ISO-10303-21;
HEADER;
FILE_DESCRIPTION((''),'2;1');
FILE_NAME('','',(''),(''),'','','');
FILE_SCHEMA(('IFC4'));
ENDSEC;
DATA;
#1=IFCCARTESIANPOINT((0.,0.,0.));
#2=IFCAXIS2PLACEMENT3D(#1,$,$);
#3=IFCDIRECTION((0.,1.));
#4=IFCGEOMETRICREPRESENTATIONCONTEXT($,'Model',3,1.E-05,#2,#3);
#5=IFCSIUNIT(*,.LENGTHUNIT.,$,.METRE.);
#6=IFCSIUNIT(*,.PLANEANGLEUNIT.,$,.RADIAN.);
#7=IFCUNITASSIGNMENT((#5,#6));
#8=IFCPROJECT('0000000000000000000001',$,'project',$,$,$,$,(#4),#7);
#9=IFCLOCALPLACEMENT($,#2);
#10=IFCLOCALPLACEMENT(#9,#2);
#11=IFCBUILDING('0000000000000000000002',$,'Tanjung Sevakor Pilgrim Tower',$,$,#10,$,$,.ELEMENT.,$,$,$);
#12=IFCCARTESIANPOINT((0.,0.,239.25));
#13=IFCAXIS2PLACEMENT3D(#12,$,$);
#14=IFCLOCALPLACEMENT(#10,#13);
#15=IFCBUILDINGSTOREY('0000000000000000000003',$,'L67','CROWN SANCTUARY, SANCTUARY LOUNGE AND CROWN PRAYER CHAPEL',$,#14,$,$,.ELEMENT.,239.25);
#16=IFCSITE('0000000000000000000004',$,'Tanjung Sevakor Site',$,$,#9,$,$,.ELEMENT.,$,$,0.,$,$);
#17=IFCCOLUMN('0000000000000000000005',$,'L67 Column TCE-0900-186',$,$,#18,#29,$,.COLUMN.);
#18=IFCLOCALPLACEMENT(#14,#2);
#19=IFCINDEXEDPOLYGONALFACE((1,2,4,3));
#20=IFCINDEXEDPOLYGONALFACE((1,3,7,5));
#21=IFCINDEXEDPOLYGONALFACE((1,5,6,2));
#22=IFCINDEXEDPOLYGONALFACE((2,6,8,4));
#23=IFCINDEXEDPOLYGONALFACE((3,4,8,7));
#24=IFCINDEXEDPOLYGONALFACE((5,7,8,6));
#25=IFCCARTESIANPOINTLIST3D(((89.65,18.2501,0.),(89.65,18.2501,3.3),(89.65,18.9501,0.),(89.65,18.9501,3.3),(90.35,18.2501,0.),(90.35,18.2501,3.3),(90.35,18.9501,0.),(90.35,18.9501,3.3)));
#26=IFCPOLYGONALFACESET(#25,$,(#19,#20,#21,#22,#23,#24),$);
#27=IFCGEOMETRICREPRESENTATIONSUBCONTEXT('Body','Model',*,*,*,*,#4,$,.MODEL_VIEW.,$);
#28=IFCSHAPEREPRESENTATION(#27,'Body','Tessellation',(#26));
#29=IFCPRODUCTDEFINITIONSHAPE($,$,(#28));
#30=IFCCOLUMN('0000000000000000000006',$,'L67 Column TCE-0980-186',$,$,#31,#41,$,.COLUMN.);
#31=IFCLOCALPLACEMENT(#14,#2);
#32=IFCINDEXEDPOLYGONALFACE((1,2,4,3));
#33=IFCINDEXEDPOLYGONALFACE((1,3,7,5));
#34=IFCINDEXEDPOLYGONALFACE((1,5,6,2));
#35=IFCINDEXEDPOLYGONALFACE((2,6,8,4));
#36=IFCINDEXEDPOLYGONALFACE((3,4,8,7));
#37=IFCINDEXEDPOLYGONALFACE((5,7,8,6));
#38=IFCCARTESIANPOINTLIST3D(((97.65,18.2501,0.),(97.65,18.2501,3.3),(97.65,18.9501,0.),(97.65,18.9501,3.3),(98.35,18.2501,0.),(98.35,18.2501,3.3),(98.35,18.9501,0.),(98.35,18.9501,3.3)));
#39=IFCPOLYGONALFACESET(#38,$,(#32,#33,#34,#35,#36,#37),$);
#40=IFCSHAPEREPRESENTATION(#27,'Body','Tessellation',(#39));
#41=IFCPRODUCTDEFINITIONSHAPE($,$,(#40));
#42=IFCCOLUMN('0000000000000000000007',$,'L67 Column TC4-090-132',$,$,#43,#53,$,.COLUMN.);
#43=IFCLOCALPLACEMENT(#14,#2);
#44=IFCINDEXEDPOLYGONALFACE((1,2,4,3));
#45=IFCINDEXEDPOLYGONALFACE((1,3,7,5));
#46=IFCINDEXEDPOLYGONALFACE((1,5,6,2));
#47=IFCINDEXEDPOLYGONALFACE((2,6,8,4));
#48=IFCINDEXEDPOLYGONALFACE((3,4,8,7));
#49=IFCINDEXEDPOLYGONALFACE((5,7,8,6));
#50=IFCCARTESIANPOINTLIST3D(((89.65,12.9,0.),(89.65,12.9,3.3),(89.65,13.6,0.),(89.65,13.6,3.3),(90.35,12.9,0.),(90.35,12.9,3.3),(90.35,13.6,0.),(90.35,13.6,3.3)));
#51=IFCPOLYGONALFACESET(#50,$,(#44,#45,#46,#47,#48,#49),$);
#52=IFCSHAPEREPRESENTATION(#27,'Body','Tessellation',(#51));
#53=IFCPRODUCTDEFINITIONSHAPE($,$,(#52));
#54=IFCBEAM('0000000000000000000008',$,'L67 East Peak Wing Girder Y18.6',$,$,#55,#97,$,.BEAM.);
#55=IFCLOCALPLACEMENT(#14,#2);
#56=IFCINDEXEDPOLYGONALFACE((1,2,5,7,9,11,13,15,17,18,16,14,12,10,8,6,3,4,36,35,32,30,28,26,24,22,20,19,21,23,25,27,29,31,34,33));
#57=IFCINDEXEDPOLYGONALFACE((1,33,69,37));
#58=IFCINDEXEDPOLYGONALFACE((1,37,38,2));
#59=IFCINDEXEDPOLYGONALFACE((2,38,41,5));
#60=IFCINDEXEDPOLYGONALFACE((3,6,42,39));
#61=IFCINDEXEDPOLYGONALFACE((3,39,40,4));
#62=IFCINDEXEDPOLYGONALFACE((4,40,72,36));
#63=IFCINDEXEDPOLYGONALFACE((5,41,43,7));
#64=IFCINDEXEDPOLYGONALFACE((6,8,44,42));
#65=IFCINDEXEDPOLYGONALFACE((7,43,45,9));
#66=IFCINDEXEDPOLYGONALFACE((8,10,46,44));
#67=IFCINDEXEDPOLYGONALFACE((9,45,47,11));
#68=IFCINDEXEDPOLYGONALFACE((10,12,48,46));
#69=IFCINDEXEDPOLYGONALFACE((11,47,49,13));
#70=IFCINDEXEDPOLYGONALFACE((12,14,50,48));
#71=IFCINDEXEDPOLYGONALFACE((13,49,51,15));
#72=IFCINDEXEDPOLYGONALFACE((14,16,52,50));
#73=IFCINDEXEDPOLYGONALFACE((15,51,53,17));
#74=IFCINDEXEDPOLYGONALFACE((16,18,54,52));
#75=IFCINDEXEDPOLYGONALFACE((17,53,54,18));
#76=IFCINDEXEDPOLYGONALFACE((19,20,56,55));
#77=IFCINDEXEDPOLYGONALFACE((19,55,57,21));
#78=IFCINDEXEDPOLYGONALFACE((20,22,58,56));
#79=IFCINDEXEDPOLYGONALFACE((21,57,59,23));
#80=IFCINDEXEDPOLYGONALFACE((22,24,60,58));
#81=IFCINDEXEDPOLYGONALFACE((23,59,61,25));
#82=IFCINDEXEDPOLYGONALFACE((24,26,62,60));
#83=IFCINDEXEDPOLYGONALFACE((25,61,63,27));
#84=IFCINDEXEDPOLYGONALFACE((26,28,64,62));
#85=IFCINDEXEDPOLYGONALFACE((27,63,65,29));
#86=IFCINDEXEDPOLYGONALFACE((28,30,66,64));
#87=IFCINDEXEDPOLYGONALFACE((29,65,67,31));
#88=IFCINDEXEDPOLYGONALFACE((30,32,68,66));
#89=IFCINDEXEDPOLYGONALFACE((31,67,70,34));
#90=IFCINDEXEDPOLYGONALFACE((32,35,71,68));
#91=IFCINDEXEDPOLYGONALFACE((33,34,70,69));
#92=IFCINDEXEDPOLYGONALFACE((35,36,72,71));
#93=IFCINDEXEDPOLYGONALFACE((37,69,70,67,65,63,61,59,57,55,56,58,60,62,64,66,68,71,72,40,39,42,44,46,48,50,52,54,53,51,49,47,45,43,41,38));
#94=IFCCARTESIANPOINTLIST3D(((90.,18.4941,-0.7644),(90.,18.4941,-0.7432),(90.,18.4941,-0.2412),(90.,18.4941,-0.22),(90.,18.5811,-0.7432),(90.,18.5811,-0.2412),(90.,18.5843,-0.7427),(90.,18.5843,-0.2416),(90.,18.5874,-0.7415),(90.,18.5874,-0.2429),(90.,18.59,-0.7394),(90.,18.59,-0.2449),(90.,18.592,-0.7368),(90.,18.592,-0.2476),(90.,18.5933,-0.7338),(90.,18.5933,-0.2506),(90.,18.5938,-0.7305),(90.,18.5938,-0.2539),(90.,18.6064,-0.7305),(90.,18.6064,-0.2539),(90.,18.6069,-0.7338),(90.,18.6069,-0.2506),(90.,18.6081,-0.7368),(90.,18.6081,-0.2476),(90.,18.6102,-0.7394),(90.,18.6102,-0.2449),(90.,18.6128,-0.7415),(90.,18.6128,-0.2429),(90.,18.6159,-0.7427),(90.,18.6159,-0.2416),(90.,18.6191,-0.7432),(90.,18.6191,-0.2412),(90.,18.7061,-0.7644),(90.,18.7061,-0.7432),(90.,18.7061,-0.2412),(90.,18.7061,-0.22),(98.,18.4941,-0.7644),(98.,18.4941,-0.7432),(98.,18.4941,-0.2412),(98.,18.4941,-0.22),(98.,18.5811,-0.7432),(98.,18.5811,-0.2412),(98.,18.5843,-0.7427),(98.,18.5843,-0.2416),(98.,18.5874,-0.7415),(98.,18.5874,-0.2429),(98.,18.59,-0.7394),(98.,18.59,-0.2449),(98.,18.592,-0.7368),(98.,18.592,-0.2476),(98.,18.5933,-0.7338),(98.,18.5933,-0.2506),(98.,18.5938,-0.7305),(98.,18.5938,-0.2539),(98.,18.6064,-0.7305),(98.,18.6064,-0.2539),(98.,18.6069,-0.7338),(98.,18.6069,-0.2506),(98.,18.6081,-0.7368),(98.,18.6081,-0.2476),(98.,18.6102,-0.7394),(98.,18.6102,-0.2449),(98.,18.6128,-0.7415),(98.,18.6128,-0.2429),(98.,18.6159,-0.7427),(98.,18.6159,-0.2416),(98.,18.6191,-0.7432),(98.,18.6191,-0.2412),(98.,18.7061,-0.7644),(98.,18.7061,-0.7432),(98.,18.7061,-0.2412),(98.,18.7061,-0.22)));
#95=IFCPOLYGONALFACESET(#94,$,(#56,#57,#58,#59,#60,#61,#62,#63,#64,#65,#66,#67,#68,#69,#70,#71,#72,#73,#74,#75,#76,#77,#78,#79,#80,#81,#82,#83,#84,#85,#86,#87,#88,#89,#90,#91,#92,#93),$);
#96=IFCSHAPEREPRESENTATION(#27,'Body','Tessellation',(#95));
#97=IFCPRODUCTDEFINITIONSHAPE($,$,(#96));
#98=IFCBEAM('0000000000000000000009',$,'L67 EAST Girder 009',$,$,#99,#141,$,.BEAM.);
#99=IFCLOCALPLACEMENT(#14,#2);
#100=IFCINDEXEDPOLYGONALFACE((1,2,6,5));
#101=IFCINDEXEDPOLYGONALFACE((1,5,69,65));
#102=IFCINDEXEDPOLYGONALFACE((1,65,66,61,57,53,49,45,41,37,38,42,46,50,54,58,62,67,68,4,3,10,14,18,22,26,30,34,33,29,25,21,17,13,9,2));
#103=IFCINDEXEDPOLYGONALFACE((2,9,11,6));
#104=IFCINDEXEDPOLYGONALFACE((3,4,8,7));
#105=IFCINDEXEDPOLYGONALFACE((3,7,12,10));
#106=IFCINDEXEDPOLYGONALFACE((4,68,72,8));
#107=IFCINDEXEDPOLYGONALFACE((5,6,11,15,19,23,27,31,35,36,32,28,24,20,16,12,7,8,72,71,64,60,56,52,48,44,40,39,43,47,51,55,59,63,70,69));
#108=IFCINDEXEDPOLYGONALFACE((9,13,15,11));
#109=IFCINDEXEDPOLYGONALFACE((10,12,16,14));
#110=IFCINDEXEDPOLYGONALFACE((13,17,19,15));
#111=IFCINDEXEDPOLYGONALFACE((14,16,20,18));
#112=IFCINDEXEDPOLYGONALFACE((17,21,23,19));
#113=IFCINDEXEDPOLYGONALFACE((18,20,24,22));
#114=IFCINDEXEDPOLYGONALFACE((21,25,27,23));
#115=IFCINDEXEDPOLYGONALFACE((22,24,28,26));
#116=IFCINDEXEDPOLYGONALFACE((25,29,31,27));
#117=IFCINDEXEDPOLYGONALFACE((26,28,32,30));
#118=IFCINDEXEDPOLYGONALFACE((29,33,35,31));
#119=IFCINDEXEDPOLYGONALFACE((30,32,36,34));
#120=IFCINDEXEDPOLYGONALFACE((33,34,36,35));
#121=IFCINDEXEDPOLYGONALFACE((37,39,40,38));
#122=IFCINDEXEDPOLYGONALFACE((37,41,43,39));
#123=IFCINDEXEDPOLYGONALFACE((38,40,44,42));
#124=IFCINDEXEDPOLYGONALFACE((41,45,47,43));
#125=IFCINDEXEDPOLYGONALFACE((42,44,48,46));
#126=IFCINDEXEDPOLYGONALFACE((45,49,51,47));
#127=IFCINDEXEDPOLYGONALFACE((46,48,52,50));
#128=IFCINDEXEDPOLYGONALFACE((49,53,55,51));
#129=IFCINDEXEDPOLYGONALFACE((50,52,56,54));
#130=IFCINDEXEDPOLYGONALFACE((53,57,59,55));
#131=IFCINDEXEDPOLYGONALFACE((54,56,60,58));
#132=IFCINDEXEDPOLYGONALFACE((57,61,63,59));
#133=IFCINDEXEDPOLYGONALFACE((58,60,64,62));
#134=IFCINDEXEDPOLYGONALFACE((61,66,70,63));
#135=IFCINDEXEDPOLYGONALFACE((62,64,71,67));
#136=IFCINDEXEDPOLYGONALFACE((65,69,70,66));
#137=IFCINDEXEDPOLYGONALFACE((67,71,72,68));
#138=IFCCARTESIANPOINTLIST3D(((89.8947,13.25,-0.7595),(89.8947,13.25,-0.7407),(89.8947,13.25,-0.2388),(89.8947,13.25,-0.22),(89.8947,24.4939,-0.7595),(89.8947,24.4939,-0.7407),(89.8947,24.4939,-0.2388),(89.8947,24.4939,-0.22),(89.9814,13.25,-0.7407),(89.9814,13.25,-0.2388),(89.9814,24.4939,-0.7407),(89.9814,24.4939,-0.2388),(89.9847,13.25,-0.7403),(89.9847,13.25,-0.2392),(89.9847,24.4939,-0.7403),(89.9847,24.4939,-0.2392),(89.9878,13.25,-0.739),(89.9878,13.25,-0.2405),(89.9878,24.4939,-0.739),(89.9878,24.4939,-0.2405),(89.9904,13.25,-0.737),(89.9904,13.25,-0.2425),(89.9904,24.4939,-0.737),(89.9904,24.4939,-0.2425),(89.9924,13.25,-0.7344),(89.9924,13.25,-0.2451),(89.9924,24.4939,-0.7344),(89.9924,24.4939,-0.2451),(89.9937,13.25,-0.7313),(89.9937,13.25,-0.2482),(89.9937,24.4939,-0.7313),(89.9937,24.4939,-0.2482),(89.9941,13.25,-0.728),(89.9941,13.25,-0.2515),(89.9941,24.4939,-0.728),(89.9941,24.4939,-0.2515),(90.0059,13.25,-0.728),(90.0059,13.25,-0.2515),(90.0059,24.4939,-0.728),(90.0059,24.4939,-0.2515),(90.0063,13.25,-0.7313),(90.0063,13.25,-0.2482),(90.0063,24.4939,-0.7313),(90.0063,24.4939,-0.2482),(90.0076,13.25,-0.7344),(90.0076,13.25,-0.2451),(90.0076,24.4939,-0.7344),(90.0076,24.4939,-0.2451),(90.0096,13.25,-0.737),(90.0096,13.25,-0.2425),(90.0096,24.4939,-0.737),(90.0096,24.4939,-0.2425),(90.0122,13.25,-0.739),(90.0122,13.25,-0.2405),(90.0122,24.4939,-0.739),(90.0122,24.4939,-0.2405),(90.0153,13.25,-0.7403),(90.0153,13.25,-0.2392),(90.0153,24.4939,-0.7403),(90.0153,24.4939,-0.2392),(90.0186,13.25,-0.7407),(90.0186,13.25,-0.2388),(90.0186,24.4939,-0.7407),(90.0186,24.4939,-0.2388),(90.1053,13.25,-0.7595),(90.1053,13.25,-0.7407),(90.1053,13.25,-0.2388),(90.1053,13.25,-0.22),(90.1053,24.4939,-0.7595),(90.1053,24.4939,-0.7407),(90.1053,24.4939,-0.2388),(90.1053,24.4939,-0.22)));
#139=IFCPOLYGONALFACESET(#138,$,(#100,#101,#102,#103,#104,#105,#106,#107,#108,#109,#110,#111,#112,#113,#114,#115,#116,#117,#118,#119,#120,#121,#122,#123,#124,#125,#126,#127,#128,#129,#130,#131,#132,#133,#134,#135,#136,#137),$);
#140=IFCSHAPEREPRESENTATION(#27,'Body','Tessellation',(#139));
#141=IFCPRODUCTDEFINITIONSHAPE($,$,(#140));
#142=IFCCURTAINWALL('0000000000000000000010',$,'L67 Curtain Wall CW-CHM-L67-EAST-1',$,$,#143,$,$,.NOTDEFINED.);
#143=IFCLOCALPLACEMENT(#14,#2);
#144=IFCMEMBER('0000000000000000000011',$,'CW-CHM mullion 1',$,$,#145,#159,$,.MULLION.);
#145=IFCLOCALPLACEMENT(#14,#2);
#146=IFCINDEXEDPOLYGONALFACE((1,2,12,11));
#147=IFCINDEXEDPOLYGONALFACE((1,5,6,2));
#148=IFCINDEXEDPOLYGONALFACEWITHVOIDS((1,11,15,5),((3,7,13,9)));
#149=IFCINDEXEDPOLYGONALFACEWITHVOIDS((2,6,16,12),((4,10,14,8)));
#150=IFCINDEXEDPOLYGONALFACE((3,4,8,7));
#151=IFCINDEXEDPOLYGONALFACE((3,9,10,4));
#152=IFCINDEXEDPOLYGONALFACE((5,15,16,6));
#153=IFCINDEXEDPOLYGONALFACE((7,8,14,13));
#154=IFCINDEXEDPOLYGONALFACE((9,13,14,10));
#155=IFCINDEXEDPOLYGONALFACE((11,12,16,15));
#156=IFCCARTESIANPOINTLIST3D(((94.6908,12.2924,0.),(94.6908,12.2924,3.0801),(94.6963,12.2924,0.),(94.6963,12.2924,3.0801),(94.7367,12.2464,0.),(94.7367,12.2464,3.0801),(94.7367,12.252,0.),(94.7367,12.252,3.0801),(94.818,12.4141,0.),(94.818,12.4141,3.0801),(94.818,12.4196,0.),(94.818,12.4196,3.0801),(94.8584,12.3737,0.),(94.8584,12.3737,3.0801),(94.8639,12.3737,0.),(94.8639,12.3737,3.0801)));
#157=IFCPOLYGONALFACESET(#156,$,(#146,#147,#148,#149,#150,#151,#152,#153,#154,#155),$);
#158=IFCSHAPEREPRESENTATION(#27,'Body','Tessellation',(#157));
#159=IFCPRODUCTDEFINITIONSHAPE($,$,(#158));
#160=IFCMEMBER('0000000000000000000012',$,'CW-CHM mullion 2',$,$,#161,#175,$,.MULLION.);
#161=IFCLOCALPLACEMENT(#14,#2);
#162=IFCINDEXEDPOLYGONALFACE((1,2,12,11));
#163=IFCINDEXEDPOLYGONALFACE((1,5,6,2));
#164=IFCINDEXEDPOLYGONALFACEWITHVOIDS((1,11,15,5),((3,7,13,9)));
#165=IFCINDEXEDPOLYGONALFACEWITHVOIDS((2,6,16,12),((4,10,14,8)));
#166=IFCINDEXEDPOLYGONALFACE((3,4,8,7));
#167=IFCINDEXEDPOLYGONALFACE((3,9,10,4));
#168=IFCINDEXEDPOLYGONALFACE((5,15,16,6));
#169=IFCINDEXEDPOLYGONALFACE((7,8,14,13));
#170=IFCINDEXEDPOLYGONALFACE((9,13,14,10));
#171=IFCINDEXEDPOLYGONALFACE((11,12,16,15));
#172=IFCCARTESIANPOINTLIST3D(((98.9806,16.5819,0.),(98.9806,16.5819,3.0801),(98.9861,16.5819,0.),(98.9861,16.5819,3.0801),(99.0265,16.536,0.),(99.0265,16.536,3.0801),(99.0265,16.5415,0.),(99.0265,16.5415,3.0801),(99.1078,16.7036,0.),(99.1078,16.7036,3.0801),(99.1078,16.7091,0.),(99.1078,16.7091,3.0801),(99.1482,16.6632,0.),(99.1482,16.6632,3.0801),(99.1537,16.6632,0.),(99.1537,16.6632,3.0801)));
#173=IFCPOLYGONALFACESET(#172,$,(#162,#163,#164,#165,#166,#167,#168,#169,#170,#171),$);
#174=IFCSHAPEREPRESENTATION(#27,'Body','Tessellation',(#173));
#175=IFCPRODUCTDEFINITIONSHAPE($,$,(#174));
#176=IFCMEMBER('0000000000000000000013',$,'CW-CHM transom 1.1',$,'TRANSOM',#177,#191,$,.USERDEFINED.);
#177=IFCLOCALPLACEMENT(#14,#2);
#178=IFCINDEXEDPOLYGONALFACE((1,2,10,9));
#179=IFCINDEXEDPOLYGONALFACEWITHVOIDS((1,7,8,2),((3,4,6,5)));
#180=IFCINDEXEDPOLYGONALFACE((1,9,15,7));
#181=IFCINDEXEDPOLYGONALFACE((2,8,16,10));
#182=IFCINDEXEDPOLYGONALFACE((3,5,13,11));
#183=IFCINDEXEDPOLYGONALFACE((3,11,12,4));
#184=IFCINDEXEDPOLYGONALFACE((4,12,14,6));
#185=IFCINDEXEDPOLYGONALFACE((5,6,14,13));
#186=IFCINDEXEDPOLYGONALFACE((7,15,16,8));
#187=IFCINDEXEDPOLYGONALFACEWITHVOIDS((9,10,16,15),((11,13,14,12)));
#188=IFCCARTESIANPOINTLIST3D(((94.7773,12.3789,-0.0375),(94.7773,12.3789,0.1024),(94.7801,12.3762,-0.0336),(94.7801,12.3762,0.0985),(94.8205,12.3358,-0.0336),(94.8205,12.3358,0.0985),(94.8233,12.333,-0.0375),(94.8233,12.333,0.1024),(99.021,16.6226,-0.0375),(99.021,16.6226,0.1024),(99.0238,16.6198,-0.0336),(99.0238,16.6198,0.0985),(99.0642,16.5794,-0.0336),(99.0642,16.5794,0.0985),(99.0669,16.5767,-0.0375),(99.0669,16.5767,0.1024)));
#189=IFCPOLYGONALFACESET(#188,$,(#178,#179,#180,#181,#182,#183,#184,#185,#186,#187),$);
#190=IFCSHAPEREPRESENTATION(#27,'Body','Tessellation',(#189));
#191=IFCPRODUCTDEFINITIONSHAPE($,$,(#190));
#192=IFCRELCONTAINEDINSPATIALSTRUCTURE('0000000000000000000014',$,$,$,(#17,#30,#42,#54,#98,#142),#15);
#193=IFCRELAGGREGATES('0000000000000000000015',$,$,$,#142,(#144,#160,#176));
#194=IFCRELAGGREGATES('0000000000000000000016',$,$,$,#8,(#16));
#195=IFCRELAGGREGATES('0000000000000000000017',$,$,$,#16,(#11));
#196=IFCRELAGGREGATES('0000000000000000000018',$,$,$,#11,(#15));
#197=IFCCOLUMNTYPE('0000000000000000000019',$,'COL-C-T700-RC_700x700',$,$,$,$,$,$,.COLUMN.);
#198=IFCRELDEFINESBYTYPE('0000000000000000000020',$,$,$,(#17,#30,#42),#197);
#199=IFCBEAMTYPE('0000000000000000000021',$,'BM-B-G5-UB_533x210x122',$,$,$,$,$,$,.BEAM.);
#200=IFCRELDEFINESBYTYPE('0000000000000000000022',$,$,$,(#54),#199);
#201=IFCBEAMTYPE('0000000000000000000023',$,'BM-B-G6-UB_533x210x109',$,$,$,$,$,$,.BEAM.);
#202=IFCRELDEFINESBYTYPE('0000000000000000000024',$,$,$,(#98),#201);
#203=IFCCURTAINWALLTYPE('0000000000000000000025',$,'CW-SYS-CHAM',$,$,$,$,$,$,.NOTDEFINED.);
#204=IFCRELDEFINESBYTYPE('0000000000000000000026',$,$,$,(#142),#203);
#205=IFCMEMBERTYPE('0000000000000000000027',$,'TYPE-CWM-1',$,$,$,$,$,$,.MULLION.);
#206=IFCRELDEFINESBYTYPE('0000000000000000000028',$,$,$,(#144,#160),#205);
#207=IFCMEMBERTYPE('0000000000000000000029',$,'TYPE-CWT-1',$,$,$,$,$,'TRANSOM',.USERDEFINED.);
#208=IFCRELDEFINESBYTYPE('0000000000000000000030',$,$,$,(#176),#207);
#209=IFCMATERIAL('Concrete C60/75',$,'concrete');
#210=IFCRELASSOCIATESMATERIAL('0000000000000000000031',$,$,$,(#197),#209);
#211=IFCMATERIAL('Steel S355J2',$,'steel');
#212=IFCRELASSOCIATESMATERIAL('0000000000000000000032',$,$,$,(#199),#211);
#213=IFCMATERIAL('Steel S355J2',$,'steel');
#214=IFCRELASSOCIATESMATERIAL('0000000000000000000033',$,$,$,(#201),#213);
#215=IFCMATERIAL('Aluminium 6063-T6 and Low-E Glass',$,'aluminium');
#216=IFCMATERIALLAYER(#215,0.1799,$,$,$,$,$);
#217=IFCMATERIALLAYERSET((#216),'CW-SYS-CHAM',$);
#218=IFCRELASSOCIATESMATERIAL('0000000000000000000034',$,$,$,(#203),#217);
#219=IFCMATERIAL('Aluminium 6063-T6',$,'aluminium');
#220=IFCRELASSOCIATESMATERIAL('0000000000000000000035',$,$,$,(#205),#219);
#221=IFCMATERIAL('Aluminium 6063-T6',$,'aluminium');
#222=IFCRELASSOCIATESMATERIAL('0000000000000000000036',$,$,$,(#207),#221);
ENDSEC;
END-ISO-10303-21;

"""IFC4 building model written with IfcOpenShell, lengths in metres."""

from ifc_helpers import new_model, si_unit, direction, frame, origin, origin_2d, place, context, subcontext, project, spatial, rectangle, hollow_rectangle, i_section, extrude, material, layer, layer_set, material_profile, profile_set, type_object, element, aggregate, save


model = new_model("IFC4")

# Units and contexts
model_context = context("Model", 3, precision=1e-05, world=origin(), true_north=direction((0.0, 1.0)))
body_context = subcontext(model_context, "Body", "Model", "MODEL_VIEW")
ifc_project = project(units=[si_unit("LENGTHUNIT", "METRE"), si_unit("PLANEANGLEUNIT", "RADIAN")], contexts=[model_context])

# Site, building, storey
site_placement = place(None, origin())
site = spatial("IfcSite", under=ifc_project, at=site_placement, Name="Tanjung Sevakor Site", CompositionType="ELEMENT", RefElevation=0.0)
building_placement = place(site_placement, origin())
building = spatial("IfcBuilding", under=site, at=building_placement, Name="Tanjung Sevakor Pilgrim Tower", CompositionType="ELEMENT")
storey_placement = place(building_placement, frame((0.0, 0.0, 239.25)))
storey = spatial("IfcBuildingStorey", under=building, at=storey_placement, Name="L67", Description="CROWN SANCTUARY, SANCTUARY LOUNGE AND CROWN PRAYER CHAPEL", CompositionType="ELEMENT", Elevation=239.25)

# Columns
ifc_material_1 = material(Name="Concrete C60/75", Category="concrete")
ifc_material_profile_1 = material_profile(ifc_material_1, rectangle(XDim=0.7, YDim=0.7, at=origin_2d()))
ifc_profile_set_1 = profile_set([ifc_material_profile_1], Name="Concrete C60/75")
column_type = type_object("IfcColumnType", Name="COL-C-T700-RC_700x700", PredefinedType="COLUMN", material=ifc_profile_set_1)
for number, where, z_axis, x_axis, name in (
    (1, (90.0, 18.6001, 0.0), (0.0, 0.0, 1.0), (1.0, 0.0, 0.0), "L67 Column TCE-0900-186"),
    (2, (98.0, 18.6001, 0.0), (0.0, 0.0, 1.0), (1.0, 0.0, 0.0), "L67 Column TCE-0980-186"),
    (3, (90.0, 13.25, 0.0), (0.0, 0.0, 1.0), (1.0, 0.0, 0.0), "L67 Column TC4-090-132"),
):
    element("IfcColumn", number, at=place(storey_placement, frame(where, z_axis=z_axis, x_axis=x_axis)), inside=storey, type_object=column_type, Name=name, PredefinedType="COLUMN", context=body_context, shape_type="SweptSolid", body=[
        extrude(rectangle(XDim=0.7, YDim=0.7, at=origin_2d()), origin(), (0.0, 0.0, 1.0), 3.3),
    ])

# Beams
ifc_material_2 = material(Name="Steel S355J2", Category="steel")
ifc_material_profile_2 = material_profile(ifc_material_2, i_section(OverallWidth=0.2119, OverallDepth=0.5444, WebThickness=0.0127, FlangeThickness=0.0212, FilletRadius=0.0127, at=origin_2d()))
ifc_profile_set_2 = profile_set([ifc_material_profile_2], Name="Steel S355J2")
beam_type_1 = type_object("IfcBeamType", Name="BM-B-G5-UB_533x210x122", PredefinedType="BEAM", material=ifc_profile_set_2)
beam_1_placement = place(storey_placement, frame((90.0, 18.6001, -0.4922), z_axis=(1.0, 0.0, 0.0), x_axis=(0.0, 1.0, 0.0)))
element("IfcBeam", 4, at=beam_1_placement, inside=storey, type_object=beam_type_1, Name="L67 East Peak Wing Girder Y18.6", PredefinedType="BEAM", context=body_context, shape_type="SweptSolid", body=[
    extrude(i_section(OverallWidth=0.2119, OverallDepth=0.5444, WebThickness=0.0127, FlangeThickness=0.0212, FilletRadius=0.0127, at=origin_2d()), origin(), (0.0, 0.0, 1.0), 8.0),
])
ifc_material_3 = material(Name="Steel S355J2", Category="steel")
ifc_material_profile_3 = material_profile(ifc_material_3, i_section(OverallWidth=0.2107, OverallDepth=0.5396, WebThickness=0.0117, FlangeThickness=0.0188, FilletRadius=0.0127, at=origin_2d()))
ifc_profile_set_3 = profile_set([ifc_material_profile_3], Name="Steel S355J2")
beam_type_2 = type_object("IfcBeamType", Name="BM-B-G6-UB_533x210x109", PredefinedType="BEAM", material=ifc_profile_set_3)
beam_2_placement = place(storey_placement, frame((90.0, 13.25, -0.4897), z_axis=(0.0, 1.0, 0.0), x_axis=(-1.0, 0.0, 0.0)))
element("IfcBeam", 5, at=beam_2_placement, inside=storey, type_object=beam_type_2, Name="L67 EAST Girder 009", PredefinedType="BEAM", context=body_context, shape_type="SweptSolid", body=[
    extrude(i_section(OverallWidth=0.2107, OverallDepth=0.5396, WebThickness=0.0117, FlangeThickness=0.0188, FilletRadius=0.0127, at=origin_2d()), origin(), (0.0, 0.0, 1.0), 11.2439),
])

# Curtain wall, members
ifc_material_4 = material(Name="Aluminium 6063-T6 and Low-E Glass", Category="aluminium")
ifc_layer_1 = layer(ifc_material_4, 0.1799)
ifc_layer_set_1 = layer_set([ifc_layer_1], Name="CW-SYS-CHAM")
curtain_wall_type = type_object("IfcCurtainWallType", Name="CW-SYS-CHAM", PredefinedType="NOTDEFINED", material=ifc_layer_set_1)
curtain_wall_placement = place(storey_placement, origin())
curtain_wall = element("IfcCurtainWall", 6, at=curtain_wall_placement, inside=storey, type_object=curtain_wall_type, Name="L67 Curtain Wall CW-CHM-L67-EAST-1", PredefinedType="NOTDEFINED")
ifc_material_5 = material(Name="Aluminium 6063-T6", Category="aluminium")
ifc_material_profile_4 = material_profile(ifc_material_5, hollow_rectangle(XDim=0.0649, YDim=0.1799, WallThickness=0.0039, at=origin_2d()))
ifc_profile_set_4 = profile_set([ifc_material_profile_4], Name="Aluminium 6063-T6")
member_type_1 = type_object("IfcMemberType", Name="TYPE-CWM-1", PredefinedType="MULLION", material=ifc_profile_set_4)
member_1_placement = place(storey_placement, frame((94.7773, 12.333, 0.0), z_axis=(0.0, 0.0, 1.0), x_axis=(-0.707107, 0.707107, 0.0)))
member_1 = element("IfcMember", 7, at=member_1_placement, type_object=member_type_1, Name="CW-CHM mullion 1", PredefinedType="MULLION", context=body_context, shape_type="SweptSolid", body=[
    extrude(hollow_rectangle(XDim=0.0649, YDim=0.1799, WallThickness=0.0039, at=origin_2d()), origin(), (0.0, 0.0, 1.0), 3.0801),
])
member_2_placement = place(storey_placement, frame((99.0671, 16.6226, 0.0), z_axis=(0.0, 0.0, 1.0), x_axis=(-0.707107, 0.707107, 0.0)))
member_2 = element("IfcMember", 8, at=member_2_placement, type_object=member_type_1, Name="CW-CHM mullion 2", PredefinedType="MULLION", context=body_context, shape_type="SweptSolid", body=[
    extrude(hollow_rectangle(XDim=0.0649, YDim=0.1799, WallThickness=0.0039, at=origin_2d()), origin(), (0.0, 0.0, 1.0), 3.0801),
])
ifc_material_6 = material(Name="Aluminium 6063-T6", Category="aluminium")
ifc_material_profile_5 = material_profile(ifc_material_6, hollow_rectangle(XDim=0.0649, YDim=0.1399, WallThickness=0.0039, at=origin_2d()))
ifc_profile_set_5 = profile_set([ifc_material_profile_5], Name="Aluminium 6063-T6")
member_type_2 = type_object("IfcMemberType", Name="TYPE-CWT-1", ElementType="TRANSOM", PredefinedType="USERDEFINED", material=ifc_profile_set_5)
member_3_placement = place(storey_placement, frame((94.8003, 12.356, 0.0325), z_axis=(0.707107, 0.707107, 0.0), x_axis=(-0.707107, 0.707107, 0.0)))
member_3 = element("IfcMember", 9, at=member_3_placement, type_object=member_type_2, Name="CW-CHM transom 1.1", ObjectType="TRANSOM", PredefinedType="USERDEFINED", context=body_context, shape_type="SweptSolid", body=[
    extrude(hollow_rectangle(XDim=0.0649, YDim=0.1399, WallThickness=0.0039, at=origin_2d()), origin(), (0.0, 0.0, 1.0), 6.0015),
])
aggregate(curtain_wall, [member_1, member_2, member_3])

save(model, "model.ifc")
